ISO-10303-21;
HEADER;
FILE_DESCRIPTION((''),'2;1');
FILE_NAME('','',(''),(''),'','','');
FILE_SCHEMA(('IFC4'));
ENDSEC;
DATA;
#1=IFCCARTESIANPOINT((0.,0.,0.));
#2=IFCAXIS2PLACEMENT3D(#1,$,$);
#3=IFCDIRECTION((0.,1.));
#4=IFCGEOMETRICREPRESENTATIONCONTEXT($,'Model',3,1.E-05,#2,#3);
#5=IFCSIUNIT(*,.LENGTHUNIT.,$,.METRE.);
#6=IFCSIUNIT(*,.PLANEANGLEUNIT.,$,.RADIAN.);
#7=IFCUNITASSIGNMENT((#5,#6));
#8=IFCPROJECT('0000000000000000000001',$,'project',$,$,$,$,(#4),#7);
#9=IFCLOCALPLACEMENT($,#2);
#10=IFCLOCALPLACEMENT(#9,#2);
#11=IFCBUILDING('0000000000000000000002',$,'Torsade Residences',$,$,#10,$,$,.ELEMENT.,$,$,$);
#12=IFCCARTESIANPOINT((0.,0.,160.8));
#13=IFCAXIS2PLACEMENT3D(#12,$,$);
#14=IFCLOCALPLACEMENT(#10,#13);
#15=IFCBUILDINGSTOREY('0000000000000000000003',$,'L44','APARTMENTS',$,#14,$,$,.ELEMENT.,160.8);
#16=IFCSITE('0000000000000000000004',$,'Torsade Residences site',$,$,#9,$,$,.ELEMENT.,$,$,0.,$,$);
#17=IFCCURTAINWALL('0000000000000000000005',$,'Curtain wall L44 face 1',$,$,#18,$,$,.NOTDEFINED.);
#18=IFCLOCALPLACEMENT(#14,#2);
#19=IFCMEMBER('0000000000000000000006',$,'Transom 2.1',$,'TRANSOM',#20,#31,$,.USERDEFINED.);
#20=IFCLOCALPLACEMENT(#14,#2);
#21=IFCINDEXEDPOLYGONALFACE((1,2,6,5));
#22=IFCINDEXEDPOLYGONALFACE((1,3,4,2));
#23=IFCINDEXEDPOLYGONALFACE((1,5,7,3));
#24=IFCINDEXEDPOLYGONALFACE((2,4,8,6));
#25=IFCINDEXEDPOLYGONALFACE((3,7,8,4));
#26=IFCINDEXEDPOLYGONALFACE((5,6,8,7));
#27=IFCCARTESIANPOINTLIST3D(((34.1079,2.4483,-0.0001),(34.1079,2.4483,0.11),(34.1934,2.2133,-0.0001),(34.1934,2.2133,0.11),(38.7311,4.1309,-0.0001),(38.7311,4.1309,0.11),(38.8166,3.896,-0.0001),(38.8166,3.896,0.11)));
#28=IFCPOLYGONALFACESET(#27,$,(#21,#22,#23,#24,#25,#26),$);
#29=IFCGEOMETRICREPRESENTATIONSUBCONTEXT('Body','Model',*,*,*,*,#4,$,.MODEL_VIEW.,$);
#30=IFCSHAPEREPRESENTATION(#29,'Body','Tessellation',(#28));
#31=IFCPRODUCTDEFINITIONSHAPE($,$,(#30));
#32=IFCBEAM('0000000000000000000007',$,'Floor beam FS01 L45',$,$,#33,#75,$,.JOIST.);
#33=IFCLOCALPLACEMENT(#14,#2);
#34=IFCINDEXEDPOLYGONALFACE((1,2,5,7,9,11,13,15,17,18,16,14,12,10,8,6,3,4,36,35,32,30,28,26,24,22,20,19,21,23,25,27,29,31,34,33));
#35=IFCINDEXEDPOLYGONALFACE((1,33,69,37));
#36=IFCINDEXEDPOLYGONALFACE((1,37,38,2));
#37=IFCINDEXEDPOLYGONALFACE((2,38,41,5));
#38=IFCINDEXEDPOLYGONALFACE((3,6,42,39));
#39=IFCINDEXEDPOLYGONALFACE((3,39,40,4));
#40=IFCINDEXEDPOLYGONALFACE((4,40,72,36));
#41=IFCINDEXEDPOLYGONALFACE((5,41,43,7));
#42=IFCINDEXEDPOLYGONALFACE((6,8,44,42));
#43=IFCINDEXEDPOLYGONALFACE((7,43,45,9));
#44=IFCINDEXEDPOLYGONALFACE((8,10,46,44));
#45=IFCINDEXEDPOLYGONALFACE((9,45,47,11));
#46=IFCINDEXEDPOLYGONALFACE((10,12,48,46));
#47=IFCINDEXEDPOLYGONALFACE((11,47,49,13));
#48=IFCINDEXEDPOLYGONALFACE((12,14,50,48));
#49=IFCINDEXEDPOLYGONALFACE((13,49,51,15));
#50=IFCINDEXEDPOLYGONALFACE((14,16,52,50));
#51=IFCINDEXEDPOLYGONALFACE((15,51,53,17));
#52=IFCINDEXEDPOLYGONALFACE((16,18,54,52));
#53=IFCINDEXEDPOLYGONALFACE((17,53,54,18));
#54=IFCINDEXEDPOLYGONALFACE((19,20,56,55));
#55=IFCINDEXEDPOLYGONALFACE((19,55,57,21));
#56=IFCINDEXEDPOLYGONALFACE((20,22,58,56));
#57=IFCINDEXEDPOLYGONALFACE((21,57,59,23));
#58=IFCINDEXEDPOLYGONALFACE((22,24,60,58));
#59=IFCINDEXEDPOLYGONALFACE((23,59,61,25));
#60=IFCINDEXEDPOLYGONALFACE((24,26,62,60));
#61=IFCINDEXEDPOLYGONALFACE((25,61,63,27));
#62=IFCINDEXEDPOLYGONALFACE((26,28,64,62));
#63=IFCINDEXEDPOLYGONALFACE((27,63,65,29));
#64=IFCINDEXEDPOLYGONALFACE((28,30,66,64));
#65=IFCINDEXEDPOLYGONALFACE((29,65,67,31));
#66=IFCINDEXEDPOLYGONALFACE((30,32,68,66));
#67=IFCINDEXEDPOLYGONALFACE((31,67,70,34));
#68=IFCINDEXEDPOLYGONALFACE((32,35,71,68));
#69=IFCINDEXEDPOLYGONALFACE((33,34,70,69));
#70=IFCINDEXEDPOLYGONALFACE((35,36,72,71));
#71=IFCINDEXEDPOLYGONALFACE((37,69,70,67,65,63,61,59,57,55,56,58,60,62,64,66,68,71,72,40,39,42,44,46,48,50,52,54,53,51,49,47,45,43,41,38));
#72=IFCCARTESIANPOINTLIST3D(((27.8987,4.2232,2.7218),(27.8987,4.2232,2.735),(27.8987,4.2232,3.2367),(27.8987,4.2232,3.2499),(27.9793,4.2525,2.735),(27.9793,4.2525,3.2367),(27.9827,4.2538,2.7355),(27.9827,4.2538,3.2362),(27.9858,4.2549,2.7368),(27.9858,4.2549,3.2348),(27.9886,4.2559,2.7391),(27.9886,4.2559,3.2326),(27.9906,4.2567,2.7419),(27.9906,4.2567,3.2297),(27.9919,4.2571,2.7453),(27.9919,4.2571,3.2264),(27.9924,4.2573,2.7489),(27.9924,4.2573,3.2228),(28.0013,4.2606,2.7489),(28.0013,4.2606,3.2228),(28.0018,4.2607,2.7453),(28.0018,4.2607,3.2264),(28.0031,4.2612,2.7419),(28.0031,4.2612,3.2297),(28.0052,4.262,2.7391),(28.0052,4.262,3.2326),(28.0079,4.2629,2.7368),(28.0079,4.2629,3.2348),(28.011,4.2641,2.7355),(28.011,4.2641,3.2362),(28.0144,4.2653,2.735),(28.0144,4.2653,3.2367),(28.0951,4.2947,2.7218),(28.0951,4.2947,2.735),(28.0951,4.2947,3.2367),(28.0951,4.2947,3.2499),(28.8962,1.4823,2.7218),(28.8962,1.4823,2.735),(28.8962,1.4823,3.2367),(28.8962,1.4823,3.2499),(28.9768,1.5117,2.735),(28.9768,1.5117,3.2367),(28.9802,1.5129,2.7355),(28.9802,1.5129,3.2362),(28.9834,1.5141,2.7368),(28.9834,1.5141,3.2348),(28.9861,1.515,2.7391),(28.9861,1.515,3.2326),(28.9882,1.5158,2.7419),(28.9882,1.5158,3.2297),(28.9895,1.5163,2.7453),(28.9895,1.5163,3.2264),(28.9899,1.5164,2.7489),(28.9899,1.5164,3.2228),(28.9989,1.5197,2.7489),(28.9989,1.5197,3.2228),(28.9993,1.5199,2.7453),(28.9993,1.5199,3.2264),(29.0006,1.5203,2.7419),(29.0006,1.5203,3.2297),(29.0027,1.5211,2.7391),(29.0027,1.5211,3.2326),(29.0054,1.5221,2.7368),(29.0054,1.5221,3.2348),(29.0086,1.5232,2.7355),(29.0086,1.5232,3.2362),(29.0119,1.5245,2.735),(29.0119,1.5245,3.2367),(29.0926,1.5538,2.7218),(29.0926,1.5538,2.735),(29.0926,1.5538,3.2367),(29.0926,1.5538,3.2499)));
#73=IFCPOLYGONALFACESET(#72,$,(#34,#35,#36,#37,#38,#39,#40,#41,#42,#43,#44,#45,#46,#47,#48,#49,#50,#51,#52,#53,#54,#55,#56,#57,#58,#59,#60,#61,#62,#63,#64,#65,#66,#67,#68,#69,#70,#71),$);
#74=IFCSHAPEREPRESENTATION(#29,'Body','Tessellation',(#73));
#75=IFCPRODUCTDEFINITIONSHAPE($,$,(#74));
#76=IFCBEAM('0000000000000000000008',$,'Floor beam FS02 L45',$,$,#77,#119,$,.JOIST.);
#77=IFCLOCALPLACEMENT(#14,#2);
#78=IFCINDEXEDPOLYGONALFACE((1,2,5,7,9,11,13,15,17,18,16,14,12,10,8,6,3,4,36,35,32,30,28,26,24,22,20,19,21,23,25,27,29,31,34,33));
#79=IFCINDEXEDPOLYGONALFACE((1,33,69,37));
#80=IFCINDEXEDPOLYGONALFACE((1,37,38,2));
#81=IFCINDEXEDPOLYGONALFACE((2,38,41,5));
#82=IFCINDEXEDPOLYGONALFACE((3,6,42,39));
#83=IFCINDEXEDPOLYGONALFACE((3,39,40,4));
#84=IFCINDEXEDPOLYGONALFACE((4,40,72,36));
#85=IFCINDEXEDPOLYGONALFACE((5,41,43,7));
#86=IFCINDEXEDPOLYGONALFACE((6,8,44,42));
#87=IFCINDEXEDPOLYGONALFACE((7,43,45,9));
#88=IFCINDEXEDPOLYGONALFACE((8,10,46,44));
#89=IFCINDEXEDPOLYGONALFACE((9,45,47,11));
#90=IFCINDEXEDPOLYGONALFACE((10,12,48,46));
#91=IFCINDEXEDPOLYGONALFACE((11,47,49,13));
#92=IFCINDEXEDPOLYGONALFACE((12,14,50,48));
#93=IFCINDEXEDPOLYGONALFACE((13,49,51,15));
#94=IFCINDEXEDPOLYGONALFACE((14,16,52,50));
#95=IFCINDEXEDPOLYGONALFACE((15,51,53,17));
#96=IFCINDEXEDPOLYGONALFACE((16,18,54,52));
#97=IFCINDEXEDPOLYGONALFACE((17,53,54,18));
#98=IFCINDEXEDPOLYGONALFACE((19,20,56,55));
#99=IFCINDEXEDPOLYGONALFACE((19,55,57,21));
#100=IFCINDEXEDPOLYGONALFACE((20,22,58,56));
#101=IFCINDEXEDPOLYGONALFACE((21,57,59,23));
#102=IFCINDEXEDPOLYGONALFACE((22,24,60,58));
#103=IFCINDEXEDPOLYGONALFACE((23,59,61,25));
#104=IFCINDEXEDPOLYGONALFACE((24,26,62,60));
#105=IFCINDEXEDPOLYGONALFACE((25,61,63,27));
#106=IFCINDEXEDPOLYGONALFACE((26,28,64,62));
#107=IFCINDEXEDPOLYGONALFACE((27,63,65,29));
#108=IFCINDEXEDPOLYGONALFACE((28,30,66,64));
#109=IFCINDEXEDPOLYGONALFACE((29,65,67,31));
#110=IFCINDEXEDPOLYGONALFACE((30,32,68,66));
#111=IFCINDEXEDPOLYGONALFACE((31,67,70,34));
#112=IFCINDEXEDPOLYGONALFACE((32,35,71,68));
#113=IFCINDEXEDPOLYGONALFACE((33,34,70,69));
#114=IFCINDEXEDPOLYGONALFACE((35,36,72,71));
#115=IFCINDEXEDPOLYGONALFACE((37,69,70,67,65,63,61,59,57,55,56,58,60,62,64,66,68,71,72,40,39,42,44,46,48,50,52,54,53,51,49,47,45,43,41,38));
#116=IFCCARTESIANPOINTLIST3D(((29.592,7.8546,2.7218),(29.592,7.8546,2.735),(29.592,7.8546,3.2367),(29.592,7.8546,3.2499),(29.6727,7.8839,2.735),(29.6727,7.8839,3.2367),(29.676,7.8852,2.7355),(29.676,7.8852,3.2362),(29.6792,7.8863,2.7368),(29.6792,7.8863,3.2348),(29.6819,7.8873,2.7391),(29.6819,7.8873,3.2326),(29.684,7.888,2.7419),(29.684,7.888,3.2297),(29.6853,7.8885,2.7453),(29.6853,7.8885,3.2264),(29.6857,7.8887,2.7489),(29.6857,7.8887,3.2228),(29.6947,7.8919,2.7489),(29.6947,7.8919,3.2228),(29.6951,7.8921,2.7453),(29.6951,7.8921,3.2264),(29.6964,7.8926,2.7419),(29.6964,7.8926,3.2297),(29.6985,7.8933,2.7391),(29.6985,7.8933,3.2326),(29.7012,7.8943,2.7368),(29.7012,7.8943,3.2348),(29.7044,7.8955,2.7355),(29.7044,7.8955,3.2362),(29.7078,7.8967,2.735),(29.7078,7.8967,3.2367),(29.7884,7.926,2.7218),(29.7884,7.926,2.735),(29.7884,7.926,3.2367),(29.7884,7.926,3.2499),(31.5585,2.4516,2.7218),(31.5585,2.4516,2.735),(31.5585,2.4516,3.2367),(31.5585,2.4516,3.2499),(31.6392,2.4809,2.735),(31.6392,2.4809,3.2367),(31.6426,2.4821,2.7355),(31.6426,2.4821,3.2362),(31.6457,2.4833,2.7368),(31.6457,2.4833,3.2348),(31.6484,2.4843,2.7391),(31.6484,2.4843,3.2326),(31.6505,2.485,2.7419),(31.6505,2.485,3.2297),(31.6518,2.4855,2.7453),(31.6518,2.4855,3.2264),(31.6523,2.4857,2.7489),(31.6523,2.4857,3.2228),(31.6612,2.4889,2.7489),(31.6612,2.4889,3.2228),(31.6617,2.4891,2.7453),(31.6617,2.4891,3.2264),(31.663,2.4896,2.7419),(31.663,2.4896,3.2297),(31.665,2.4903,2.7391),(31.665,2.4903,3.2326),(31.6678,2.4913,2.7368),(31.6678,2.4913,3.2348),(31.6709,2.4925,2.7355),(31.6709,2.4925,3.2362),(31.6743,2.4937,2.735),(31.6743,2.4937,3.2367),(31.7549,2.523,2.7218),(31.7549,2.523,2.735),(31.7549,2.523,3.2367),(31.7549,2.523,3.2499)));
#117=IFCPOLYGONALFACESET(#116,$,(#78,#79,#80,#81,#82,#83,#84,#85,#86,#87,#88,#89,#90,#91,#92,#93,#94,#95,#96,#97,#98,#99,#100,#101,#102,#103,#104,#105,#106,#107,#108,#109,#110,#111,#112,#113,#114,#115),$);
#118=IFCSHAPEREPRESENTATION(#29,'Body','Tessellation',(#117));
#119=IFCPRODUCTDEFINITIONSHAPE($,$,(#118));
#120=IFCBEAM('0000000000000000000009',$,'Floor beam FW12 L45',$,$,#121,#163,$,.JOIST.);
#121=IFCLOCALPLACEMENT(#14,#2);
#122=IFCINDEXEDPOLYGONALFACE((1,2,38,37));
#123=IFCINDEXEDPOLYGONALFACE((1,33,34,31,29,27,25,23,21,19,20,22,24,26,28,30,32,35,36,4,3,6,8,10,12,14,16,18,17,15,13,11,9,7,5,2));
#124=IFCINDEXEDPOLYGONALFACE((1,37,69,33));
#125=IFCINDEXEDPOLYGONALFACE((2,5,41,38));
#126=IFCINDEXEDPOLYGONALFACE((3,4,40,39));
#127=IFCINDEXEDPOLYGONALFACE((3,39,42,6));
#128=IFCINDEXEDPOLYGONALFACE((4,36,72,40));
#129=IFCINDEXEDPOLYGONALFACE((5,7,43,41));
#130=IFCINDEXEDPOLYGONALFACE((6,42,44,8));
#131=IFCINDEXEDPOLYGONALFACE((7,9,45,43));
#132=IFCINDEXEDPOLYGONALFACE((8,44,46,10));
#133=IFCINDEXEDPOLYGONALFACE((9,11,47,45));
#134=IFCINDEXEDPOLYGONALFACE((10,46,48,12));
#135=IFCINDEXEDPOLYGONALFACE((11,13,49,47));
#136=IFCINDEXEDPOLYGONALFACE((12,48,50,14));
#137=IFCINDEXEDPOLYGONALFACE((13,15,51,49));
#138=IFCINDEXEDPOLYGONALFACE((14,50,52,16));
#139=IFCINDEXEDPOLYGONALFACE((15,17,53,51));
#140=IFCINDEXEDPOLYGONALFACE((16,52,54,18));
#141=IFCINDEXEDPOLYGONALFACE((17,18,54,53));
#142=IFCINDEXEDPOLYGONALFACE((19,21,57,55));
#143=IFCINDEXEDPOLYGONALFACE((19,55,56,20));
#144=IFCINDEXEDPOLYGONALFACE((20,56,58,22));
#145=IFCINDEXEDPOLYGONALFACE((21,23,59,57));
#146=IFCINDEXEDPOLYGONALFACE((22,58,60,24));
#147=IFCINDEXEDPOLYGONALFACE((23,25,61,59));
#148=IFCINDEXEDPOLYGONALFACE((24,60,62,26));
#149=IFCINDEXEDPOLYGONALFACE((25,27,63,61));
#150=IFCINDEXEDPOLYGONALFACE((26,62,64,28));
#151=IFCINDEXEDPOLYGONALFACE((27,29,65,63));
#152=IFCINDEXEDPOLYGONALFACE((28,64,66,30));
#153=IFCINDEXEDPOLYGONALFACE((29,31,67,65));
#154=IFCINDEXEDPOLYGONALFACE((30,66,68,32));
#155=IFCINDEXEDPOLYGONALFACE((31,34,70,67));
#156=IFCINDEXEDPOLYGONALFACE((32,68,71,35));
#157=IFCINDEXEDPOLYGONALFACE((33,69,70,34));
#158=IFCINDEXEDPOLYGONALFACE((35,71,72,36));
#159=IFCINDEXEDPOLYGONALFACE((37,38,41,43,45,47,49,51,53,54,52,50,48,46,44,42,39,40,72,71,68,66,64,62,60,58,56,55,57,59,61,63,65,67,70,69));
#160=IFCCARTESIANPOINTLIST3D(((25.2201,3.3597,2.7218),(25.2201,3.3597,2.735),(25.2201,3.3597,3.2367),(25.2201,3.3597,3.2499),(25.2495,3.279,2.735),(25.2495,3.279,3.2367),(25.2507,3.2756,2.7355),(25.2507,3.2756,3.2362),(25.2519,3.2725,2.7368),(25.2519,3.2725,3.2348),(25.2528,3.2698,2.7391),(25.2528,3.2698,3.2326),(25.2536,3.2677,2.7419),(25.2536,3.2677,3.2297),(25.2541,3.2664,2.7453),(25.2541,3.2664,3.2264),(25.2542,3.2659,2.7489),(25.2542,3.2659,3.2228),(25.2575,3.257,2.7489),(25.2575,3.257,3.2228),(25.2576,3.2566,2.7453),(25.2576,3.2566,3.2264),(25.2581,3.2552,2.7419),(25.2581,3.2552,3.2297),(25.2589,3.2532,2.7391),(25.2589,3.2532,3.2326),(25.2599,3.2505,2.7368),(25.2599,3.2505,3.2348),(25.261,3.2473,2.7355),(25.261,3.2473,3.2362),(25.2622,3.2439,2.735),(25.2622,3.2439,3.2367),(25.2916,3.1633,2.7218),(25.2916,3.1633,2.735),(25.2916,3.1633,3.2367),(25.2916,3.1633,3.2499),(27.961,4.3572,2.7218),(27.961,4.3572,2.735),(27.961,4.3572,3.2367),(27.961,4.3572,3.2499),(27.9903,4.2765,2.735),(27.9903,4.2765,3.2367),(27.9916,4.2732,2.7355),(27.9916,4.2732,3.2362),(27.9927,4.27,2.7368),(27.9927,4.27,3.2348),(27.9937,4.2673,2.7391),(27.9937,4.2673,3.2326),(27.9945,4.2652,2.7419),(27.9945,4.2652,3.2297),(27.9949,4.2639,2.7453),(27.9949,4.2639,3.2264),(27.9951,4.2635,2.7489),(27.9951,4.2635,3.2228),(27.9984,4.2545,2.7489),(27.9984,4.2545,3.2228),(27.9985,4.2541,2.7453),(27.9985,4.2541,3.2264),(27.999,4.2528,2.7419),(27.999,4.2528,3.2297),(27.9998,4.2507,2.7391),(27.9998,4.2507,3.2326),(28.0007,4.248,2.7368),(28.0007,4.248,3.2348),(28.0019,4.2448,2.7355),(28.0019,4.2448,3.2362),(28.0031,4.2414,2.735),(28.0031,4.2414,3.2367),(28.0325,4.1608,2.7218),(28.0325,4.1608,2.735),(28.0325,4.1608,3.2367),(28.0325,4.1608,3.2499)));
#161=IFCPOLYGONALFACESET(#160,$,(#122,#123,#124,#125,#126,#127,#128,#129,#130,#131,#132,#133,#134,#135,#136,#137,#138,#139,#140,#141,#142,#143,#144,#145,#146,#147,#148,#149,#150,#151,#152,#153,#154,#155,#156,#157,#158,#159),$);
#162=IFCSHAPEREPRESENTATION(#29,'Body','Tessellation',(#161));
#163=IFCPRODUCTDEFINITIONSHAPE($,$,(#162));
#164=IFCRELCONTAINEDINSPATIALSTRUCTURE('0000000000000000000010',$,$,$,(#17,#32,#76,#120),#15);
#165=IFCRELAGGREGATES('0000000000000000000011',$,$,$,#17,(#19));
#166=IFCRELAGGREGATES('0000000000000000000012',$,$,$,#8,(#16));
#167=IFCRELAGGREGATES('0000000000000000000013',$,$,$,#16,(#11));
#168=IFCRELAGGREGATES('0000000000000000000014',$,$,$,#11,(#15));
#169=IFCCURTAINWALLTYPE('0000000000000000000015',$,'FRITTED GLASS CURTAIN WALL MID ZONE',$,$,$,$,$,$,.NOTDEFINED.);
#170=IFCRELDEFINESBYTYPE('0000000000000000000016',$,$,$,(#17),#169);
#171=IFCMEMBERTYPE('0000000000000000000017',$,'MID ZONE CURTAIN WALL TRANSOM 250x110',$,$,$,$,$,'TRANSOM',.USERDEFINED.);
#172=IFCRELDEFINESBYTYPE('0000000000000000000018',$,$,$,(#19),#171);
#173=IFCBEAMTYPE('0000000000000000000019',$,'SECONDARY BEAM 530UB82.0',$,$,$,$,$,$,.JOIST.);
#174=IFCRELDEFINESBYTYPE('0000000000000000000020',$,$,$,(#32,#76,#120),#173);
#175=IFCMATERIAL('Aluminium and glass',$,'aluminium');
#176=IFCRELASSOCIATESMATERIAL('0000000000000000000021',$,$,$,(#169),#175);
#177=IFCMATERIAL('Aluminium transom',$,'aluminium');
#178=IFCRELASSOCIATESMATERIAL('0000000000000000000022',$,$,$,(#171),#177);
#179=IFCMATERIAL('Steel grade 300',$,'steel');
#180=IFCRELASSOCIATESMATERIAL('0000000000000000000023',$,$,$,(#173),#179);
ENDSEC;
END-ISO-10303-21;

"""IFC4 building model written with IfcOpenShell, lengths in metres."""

from ifc_helpers import new_model, si_unit, direction, frame, origin, origin_2d, place, context, subcontext, project, spatial, rectangle, i_section, extrude, material, material_profile, profile_set, type_object, element, aggregate, save


model = new_model("IFC4")

# Units and contexts
model_context = context("Model", 3, precision=1e-05, world=origin(), true_north=direction((0.0, 1.0)))
body_context = subcontext(model_context, "Body", "Model", "MODEL_VIEW")
ifc_project = project(units=[si_unit("LENGTHUNIT", "METRE"), si_unit("PLANEANGLEUNIT", "RADIAN")], contexts=[model_context])

# Site, building, storey
site_placement = place(None, origin())
site = spatial("IfcSite", under=ifc_project, at=site_placement, Name="Torsade Residences site", CompositionType="ELEMENT", RefElevation=0.0)
building_placement = place(site_placement, origin())
building = spatial("IfcBuilding", under=site, at=building_placement, Name="Torsade Residences", CompositionType="ELEMENT")
storey_placement = place(building_placement, frame((0.0, 0.0, 160.8)))
storey = spatial("IfcBuildingStorey", under=building, at=storey_placement, Name="L44", Description="APARTMENTS", CompositionType="ELEMENT", Elevation=160.8)

# Curtain wall, member
ifc_material_1 = material(Name="Aluminium and glass", Category="aluminium")
curtain_wall_type = type_object("IfcCurtainWallType", Name="FRITTED GLASS CURTAIN WALL MID ZONE", PredefinedType="NOTDEFINED", material=ifc_material_1)
curtain_wall_placement = place(storey_placement, origin())
curtain_wall = element("IfcCurtainWall", 1, at=curtain_wall_placement, inside=storey, type_object=curtain_wall_type, Name="Curtain wall L44 face 1", PredefinedType="NOTDEFINED")
ifc_material_2 = material(Name="Aluminium transom", Category="aluminium")
ifc_material_profile_1 = material_profile(ifc_material_2, rectangle(XDim=0.25, YDim=0.1101, at=origin_2d()), Name="MID ZONE CURTAIN WALL TRANSOM 250x110")
ifc_profile_set_1 = profile_set([ifc_material_profile_1], Name="Aluminium transom")
member_type_1 = type_object("IfcMemberType", Name="MID ZONE CURTAIN WALL TRANSOM 250x110", ElementType="TRANSOM", PredefinedType="USERDEFINED", material=ifc_profile_set_1)
member_1_placement = place(storey_placement, frame((34.1506, 2.3308, 0.0549), z_axis=(0.939701, 0.341998, 0.0), x_axis=(-0.341998, 0.939701, 0.0)))
member_1 = element("IfcMember", 2, at=member_1_placement, type_object=member_type_1, Name="Transom 2.1", ObjectType="TRANSOM", PredefinedType="USERDEFINED", context=body_context, shape_type="SweptSolid", body=[
    extrude(rectangle(XDim=0.25, YDim=0.1101, at=origin_2d()), origin(), (0.0, 0.0, 1.0), 4.9199),
])

# Beams
ifc_material_3 = material(Name="Steel grade 300", Category="steel")
ifc_material_profile_2 = material_profile(ifc_material_3, i_section(OverallWidth=0.209, OverallDepth=0.5281, WebThickness=0.0095, FlangeThickness=0.0132, FilletRadius=0.0139, at=origin_2d()), Name="530UB82.0")
ifc_profile_set_2 = profile_set([ifc_material_profile_2], Name="Steel grade 300")
beam_type_1 = type_object("IfcBeamType", Name="SECONDARY BEAM 530UB82.0", PredefinedType="JOIST", material=ifc_profile_set_2)
beam_1_placement = place(storey_placement, frame((28.9944, 1.5181, 2.9858), z_axis=(-0.341998, 0.939701, 0.0), x_axis=(-0.939701, -0.341998, 0.0)))
element("IfcBeam", 3, at=beam_1_placement, inside=storey, type_object=beam_type_1, Name="Floor beam FS01 L45", PredefinedType="JOIST", context=body_context, shape_type="SweptSolid", body=[
    extrude(i_section(OverallWidth=0.209, OverallDepth=0.5281, WebThickness=0.0095, FlangeThickness=0.0132, FilletRadius=0.0139, at=origin_2d()), origin(), (0.0, 0.0, 1.0), 2.9167),
])
beam_2_placement = place(storey_placement, frame((31.6567, 2.4873, 2.9858), z_axis=(-0.342019, 0.939693, 0.0), x_axis=(-0.939693, -0.342019, 0.0)))
element("IfcBeam", 4, at=beam_2_placement, inside=storey, type_object=beam_type_1, Name="Floor beam FS02 L45", PredefinedType="JOIST", context=body_context, shape_type="SweptSolid", body=[
    extrude(i_section(OverallWidth=0.209, OverallDepth=0.5281, WebThickness=0.0095, FlangeThickness=0.0132, FilletRadius=0.0139, at=origin_2d()), origin(), (0.0, 0.0, 1.0), 5.7498),
])
beam_3_placement = place(storey_placement, frame((25.2559, 3.2615, 2.9858), z_axis=(0.939701, 0.341998, 0.0), x_axis=(-0.341998, 0.939701, 0.0)))
element("IfcBeam", 5, at=beam_3_placement, inside=storey, type_object=beam_type_1, Name="Floor beam FW12 L45", PredefinedType="JOIST", context=body_context, shape_type="SweptSolid", body=[
    extrude(i_section(OverallWidth=0.209, OverallDepth=0.5281, WebThickness=0.0095, FlangeThickness=0.0132, FilletRadius=0.0139, at=origin_2d()), origin(), (0.0, 0.0, 1.0), 2.9167),
])

aggregate(curtain_wall, [member_1])

save(model, "model.ifc")
